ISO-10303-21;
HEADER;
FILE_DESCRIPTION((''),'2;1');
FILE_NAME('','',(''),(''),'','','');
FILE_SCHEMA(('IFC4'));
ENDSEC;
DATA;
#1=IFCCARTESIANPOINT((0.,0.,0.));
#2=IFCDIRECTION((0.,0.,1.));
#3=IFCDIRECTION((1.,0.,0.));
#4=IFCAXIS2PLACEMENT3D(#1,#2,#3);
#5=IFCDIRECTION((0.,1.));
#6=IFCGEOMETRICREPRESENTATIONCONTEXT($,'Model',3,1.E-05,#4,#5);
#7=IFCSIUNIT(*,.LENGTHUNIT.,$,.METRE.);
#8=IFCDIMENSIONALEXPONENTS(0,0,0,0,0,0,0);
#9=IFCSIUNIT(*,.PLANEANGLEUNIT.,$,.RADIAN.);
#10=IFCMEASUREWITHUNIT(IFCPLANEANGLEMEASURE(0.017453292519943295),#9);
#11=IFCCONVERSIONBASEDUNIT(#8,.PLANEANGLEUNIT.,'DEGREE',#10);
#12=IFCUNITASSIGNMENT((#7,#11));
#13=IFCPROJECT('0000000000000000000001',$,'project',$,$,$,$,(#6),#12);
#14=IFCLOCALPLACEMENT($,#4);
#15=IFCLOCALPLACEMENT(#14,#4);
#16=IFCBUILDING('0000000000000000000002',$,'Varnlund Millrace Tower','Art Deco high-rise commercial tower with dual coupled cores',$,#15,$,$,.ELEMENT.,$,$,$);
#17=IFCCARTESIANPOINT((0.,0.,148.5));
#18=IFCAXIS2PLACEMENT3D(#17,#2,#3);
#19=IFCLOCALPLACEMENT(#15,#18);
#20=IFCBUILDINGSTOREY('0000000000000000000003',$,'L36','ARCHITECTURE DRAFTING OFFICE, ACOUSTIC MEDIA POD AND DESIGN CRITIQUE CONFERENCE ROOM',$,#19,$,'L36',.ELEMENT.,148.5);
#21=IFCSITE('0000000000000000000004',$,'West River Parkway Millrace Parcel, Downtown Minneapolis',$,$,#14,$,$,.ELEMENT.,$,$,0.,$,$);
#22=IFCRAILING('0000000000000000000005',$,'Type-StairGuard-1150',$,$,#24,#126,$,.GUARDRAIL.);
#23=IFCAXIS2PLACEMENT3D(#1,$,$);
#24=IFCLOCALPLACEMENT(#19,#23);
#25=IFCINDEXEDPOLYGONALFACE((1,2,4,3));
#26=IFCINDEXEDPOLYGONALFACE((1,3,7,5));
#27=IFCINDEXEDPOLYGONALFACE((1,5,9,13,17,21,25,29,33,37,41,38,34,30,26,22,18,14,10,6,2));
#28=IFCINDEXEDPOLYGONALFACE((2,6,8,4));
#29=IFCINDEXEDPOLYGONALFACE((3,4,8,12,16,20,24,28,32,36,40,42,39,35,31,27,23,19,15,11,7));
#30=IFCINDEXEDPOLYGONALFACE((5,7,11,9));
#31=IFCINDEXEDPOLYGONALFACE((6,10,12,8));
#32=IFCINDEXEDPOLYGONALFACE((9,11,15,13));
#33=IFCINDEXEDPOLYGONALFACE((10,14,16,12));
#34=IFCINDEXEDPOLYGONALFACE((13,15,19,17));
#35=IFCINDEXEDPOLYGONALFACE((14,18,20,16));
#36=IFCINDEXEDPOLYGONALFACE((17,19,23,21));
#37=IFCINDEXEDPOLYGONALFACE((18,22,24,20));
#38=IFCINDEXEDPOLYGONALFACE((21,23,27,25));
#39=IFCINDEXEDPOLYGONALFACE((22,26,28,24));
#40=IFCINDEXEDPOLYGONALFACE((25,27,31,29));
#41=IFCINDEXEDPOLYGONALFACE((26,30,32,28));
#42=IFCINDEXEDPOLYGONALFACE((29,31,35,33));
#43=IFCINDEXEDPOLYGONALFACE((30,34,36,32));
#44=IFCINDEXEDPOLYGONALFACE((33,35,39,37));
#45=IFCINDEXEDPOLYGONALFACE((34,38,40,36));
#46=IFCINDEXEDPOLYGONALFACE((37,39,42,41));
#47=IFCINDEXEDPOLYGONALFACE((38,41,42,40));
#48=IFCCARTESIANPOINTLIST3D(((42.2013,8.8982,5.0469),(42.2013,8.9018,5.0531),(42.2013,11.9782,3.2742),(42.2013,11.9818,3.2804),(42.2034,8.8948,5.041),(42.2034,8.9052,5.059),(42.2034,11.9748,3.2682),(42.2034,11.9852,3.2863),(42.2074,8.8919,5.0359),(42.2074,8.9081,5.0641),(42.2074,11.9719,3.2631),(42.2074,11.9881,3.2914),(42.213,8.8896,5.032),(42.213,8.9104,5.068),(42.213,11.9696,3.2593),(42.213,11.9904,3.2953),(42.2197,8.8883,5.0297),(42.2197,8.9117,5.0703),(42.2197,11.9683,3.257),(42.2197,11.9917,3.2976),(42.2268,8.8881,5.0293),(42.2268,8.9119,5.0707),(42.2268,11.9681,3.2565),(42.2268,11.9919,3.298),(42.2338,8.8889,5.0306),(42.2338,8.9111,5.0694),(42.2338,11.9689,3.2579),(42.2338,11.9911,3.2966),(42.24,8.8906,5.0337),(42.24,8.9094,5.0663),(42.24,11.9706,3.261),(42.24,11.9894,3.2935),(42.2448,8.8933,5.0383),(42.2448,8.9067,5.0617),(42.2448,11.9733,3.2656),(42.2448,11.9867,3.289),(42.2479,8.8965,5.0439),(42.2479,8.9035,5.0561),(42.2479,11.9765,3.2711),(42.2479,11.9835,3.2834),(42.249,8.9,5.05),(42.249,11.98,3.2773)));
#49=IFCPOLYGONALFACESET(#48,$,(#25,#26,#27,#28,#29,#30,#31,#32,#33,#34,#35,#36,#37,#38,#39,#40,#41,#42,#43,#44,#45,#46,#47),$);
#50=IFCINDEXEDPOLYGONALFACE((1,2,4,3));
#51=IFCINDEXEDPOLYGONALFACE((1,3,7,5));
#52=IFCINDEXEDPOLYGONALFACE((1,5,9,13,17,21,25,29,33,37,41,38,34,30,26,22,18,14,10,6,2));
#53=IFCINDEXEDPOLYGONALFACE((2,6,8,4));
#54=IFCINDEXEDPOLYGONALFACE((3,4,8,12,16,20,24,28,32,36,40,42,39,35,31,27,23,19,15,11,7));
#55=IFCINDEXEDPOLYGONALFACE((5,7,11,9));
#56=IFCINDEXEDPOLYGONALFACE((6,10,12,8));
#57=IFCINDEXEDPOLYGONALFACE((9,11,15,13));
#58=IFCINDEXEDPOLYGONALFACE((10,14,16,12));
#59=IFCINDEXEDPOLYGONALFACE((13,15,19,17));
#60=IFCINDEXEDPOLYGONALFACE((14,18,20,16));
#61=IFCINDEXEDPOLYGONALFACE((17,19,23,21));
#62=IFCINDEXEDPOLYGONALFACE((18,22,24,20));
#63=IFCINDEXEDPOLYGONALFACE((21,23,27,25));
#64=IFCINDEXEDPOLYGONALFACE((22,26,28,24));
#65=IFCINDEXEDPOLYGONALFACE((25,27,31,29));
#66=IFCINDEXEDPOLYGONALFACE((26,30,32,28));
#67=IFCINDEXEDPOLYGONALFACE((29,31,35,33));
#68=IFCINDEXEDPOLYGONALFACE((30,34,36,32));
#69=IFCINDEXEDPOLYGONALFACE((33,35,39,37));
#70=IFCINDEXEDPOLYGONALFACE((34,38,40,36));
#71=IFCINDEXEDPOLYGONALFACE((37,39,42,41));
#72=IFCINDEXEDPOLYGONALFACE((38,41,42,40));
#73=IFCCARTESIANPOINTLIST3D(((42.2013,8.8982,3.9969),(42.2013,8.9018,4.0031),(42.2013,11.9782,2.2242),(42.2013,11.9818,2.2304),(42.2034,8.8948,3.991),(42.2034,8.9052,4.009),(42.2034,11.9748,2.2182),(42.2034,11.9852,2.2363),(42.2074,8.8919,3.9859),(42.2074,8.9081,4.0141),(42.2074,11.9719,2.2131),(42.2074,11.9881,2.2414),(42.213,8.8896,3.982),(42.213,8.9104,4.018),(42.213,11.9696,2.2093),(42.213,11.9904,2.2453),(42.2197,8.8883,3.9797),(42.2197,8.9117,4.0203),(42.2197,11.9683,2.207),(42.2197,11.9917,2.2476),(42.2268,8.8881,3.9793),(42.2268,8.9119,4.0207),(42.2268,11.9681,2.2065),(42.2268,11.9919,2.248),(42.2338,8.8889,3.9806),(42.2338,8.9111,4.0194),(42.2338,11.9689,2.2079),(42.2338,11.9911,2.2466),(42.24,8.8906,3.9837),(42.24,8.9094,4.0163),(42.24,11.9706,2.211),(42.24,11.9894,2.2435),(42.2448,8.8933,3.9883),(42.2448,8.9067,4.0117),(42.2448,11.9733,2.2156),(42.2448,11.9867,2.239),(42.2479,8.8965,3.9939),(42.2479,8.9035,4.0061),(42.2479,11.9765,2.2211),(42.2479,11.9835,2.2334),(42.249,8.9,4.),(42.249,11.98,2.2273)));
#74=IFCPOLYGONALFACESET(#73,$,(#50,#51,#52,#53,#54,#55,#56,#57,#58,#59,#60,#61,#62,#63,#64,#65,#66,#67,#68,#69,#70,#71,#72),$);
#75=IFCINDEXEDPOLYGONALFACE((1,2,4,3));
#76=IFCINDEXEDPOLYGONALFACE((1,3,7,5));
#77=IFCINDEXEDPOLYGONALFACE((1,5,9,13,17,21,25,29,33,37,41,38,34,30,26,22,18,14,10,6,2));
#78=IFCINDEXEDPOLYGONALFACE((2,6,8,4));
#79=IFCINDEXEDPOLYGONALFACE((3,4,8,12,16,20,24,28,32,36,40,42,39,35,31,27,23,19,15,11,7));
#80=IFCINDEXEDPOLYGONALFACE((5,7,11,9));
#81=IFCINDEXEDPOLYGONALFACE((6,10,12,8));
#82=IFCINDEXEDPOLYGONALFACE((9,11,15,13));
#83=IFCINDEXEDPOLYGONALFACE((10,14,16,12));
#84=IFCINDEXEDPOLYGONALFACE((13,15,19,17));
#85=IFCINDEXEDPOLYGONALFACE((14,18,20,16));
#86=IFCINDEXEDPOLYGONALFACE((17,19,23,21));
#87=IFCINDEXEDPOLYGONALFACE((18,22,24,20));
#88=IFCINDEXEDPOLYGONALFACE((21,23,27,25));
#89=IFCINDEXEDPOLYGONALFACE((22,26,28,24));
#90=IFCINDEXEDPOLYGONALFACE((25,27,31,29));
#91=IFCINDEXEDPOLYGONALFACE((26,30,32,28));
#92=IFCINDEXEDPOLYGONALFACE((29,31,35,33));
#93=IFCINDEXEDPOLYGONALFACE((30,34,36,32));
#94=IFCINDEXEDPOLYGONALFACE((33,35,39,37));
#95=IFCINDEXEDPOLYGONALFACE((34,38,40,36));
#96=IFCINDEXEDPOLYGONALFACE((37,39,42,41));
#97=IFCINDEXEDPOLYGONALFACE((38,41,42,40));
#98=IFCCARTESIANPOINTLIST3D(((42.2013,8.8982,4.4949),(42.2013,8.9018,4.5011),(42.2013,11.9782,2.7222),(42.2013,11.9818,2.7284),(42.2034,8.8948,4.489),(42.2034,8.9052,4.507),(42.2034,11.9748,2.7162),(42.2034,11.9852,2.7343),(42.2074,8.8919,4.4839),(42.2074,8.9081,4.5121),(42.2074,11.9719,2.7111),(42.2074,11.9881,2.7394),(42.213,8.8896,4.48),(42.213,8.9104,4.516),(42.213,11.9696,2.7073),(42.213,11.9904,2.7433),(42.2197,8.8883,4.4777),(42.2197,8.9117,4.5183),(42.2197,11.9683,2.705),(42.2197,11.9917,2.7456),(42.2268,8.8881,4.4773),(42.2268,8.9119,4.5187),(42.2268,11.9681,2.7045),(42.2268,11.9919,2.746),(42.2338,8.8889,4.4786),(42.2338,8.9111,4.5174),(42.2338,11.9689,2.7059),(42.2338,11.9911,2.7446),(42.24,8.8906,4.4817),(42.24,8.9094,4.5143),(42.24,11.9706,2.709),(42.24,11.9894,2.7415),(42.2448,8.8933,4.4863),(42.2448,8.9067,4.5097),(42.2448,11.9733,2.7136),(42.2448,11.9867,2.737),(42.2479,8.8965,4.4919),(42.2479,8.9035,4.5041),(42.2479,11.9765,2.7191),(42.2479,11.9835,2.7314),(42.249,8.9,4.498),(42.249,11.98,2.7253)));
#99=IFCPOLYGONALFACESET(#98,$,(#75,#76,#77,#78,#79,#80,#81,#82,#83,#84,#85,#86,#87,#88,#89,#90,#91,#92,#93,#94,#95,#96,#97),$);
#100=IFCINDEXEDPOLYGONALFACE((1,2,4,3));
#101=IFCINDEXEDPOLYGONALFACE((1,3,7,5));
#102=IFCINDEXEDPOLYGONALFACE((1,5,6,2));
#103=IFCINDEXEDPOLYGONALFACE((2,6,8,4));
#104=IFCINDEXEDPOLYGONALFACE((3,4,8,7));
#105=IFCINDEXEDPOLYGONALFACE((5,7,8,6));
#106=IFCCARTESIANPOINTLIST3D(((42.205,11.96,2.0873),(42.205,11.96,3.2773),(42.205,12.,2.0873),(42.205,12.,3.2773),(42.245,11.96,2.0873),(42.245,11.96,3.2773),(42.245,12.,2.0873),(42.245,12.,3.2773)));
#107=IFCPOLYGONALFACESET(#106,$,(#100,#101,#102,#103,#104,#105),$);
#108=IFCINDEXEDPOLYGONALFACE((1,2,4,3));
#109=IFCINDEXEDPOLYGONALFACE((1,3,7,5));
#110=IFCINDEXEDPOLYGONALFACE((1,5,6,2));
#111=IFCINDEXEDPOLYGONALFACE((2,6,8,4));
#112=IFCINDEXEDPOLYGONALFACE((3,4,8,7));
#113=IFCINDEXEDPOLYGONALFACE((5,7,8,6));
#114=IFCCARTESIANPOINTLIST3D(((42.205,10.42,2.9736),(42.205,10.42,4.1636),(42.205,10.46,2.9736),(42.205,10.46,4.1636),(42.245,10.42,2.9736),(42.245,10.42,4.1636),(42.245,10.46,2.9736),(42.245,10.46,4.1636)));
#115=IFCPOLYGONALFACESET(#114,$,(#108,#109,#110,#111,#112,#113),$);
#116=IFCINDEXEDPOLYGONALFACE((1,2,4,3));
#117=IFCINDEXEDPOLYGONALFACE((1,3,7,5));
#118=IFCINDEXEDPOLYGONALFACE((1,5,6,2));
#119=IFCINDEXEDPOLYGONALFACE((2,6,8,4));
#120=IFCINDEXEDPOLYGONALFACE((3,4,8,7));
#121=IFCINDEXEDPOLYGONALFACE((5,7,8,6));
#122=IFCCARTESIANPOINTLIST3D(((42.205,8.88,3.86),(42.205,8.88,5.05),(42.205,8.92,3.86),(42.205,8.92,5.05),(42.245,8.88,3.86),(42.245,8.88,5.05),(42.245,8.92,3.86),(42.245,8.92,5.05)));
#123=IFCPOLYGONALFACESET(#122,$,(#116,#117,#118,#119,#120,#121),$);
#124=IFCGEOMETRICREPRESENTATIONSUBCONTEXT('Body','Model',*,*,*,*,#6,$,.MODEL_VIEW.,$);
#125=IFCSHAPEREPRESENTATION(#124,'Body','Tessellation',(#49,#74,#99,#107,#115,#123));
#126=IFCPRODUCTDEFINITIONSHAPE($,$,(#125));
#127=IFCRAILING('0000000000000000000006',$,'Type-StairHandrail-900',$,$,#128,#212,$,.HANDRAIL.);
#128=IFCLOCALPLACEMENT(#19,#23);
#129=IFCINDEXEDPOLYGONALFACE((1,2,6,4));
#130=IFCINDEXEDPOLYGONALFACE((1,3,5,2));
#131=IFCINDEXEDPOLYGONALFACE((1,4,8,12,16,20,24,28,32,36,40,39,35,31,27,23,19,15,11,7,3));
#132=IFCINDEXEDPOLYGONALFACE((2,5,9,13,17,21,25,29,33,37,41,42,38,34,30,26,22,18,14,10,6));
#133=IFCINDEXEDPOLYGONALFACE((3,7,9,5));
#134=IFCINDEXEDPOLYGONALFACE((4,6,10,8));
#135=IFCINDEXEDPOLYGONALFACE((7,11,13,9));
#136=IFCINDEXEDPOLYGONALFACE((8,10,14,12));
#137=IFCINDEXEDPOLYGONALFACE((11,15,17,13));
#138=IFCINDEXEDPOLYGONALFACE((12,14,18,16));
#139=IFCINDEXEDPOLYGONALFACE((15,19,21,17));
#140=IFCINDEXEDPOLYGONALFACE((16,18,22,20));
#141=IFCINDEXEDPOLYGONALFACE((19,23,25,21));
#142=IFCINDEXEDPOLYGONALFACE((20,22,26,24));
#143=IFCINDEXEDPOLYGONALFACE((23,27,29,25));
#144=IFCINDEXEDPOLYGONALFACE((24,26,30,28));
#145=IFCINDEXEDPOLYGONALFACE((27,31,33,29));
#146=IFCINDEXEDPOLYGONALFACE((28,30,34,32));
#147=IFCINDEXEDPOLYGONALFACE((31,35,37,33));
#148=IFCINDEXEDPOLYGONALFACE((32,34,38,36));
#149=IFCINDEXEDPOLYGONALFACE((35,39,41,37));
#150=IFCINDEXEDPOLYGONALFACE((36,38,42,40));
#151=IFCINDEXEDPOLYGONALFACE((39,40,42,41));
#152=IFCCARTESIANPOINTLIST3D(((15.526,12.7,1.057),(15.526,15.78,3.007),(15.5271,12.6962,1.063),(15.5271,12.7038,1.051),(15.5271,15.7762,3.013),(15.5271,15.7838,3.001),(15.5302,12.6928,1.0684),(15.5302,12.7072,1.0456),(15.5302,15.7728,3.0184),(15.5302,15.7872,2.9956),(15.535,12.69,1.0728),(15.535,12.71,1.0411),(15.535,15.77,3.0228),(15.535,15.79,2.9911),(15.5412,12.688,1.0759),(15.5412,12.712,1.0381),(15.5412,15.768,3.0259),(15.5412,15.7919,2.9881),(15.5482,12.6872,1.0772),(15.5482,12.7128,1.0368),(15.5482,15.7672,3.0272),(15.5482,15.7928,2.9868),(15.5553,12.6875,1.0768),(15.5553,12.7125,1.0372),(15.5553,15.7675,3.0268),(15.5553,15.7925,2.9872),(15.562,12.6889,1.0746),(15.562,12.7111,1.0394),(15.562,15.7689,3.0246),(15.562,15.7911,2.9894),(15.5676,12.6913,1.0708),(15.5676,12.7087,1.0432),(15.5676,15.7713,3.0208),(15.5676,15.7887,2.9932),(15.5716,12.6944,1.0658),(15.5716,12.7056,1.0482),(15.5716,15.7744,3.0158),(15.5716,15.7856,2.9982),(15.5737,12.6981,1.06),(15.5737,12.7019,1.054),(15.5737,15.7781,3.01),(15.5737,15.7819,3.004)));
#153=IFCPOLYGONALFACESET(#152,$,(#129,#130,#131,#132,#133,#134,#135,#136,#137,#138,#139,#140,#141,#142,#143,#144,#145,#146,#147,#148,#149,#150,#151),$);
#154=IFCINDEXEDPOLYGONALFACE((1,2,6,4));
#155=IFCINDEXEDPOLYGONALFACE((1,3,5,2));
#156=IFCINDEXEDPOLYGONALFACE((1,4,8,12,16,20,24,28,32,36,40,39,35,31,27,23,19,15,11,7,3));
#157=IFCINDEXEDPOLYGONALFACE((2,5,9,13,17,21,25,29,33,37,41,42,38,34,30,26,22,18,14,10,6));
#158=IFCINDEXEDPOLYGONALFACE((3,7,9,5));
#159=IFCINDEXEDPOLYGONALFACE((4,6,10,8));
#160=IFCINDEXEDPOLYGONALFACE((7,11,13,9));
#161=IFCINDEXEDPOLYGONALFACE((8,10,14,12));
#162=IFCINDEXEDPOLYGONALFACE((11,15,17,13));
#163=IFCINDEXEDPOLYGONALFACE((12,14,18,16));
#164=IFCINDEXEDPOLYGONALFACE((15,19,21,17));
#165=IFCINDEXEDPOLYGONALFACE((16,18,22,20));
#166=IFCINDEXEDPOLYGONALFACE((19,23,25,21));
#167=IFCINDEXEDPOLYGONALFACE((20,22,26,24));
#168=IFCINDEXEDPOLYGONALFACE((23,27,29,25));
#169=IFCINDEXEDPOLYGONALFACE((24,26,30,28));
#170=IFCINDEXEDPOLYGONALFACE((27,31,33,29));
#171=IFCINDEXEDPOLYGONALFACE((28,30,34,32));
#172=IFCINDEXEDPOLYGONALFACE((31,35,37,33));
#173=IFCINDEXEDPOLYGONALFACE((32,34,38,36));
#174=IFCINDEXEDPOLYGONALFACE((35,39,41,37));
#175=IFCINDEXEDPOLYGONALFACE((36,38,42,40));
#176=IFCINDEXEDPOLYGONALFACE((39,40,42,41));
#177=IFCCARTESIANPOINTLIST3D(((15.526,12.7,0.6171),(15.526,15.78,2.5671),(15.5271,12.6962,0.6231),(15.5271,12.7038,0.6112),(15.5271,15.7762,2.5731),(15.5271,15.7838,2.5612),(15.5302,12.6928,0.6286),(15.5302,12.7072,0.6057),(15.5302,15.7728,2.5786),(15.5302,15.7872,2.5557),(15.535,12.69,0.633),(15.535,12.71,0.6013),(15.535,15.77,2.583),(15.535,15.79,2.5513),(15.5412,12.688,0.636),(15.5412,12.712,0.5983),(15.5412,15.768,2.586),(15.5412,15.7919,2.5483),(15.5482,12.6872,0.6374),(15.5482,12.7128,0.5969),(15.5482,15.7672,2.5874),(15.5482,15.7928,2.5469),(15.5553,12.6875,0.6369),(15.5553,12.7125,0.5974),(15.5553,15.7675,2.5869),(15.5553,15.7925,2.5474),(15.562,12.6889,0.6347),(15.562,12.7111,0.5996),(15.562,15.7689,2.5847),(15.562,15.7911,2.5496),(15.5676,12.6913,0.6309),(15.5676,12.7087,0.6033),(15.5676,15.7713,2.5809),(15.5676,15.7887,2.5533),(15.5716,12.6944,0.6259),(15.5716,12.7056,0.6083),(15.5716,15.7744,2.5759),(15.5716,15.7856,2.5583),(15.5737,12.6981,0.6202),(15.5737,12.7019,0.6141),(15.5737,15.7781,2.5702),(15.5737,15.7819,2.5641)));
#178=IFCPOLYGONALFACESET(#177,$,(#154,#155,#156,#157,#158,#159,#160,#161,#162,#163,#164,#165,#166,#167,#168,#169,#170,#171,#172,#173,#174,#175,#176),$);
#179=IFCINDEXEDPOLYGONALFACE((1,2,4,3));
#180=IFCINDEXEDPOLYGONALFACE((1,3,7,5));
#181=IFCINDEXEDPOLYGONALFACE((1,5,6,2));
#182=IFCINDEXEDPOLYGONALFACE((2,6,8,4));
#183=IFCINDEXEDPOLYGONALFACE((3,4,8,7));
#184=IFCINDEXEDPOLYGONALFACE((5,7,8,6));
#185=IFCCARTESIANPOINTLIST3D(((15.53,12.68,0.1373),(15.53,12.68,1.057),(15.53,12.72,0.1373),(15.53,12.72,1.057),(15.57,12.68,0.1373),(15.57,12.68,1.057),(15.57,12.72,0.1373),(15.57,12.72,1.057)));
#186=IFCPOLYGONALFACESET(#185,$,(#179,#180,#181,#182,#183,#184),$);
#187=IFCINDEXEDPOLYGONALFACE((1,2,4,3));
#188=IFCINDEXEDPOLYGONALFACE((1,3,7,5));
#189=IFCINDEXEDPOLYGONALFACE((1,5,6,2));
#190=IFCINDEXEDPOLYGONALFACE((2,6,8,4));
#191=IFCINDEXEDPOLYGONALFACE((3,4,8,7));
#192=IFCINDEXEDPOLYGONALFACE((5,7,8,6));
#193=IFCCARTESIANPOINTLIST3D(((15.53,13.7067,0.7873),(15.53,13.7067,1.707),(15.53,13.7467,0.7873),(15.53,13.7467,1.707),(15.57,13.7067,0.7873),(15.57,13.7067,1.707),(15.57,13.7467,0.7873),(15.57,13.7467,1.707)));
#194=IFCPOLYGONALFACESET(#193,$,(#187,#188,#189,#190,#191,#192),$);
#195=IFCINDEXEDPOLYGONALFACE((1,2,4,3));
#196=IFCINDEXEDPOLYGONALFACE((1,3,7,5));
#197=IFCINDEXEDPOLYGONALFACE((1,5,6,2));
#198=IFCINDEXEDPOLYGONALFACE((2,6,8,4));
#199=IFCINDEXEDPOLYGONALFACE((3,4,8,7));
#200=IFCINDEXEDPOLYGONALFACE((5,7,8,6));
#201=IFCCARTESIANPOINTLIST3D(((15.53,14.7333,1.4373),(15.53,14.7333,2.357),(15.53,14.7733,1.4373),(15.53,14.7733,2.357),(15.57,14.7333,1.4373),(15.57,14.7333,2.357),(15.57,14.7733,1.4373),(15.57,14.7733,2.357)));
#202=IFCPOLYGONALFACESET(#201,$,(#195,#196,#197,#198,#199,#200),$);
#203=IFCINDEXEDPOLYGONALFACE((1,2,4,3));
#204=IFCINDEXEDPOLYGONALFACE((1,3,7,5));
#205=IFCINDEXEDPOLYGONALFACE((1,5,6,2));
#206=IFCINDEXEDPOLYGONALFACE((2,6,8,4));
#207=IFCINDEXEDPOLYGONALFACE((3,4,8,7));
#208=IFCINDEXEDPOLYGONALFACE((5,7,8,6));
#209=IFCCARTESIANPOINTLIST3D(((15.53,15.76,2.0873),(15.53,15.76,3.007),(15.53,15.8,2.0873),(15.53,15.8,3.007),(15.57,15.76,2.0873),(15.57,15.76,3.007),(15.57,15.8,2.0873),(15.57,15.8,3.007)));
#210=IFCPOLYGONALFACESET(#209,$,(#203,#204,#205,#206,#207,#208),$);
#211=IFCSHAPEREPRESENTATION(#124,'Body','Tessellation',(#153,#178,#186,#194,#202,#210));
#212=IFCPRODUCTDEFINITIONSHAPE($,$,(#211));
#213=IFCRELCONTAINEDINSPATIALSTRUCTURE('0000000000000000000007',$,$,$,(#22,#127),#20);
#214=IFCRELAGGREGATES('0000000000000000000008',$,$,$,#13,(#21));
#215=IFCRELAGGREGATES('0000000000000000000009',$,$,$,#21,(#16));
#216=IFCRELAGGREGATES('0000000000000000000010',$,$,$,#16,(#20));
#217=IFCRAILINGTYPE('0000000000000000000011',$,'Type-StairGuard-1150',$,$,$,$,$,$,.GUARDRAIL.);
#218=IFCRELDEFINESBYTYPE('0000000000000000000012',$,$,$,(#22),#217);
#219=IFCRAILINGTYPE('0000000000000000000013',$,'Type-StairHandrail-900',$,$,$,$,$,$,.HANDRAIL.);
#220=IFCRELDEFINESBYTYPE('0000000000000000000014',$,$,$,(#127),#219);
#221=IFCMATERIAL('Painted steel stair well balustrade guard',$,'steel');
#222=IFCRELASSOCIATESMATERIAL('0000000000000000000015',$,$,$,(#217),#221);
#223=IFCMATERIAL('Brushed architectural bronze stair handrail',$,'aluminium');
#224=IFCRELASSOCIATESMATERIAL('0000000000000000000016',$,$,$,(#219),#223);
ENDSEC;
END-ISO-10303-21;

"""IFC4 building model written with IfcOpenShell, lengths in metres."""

from ifc_helpers import new_model, entity, si_unit, converted_unit, direction, frame, origin_with_axes, origin_2d_with_axis, place, context, subcontext, project, spatial, rectangle, circle, extrude, material, type_object, element, save


model = new_model("IFC4")

# Units and contexts
model_context = context("Model", 3, precision=1e-05, world=origin_with_axes(), true_north=direction((0.0, 1.0)))
body_context = subcontext(model_context, "Body", "Model", "MODEL_VIEW")
ifc_project = project(units=[si_unit("LENGTHUNIT", "METRE"), converted_unit("PLANEANGLEUNIT", "DEGREE", entity("IfcPlaneAngleMeasure", 0.017453292519943295), si_unit("PLANEANGLEUNIT", "RADIAN"), dimensions=[0, 0, 0, 0, 0, 0, 0])], contexts=[model_context])

# Site, building, storey
site_placement = place(None, origin_with_axes())
site = spatial("IfcSite", under=ifc_project, at=site_placement, Name="West River Parkway Millrace Parcel, Downtown Minneapolis", CompositionType="ELEMENT", RefElevation=0.0)
building_placement = place(site_placement, origin_with_axes())
building = spatial("IfcBuilding", under=site, at=building_placement, Name="Varnlund Millrace Tower", Description="Art Deco high-rise commercial tower with dual coupled cores", CompositionType="ELEMENT")
storey_placement = place(building_placement, frame((0.0, 0.0, 148.5), z_axis=(0.0, 0.0, 1.0), x_axis=(1.0, 0.0, 0.0)))
storey = spatial("IfcBuildingStorey", under=building, at=storey_placement, Name="L36", Description="ARCHITECTURE DRAFTING OFFICE, ACOUSTIC MEDIA POD AND DESIGN CRITIQUE CONFERENCE ROOM", LongName="L36", CompositionType="ELEMENT", Elevation=148.5)

# Railings
ifc_material_1 = material(Name="Painted steel stair well balustrade guard", Category="steel")
railing_type_1 = type_object("IfcRailingType", Name="Type-StairGuard-1150", PredefinedType="GUARDRAIL", material=ifc_material_1)
railing_1_placement = place(storey_placement, frame((0.0, 0.0, -148.5), z_axis=(0.0, 0.0, 1.0), x_axis=(1.0, 0.0, 0.0)))
element("IfcRailing", 1, at=railing_1_placement, inside=storey, type_object=railing_type_1, Name="Type-StairGuard-1150", PredefinedType="GUARDRAIL", context=body_context, shape_type="SweptSolid", body=[
    extrude(circle(Radius=0.024, at=origin_2d_with_axis()), frame((42.225, 11.98, 151.7773), z_axis=(0.0, -0.866696, 0.498836), x_axis=(1.0, 0.0, 0.0)), (0.0, 0.0, 1.0), 3.5537),
    extrude(circle(Radius=0.024, at=origin_2d_with_axis()), frame((42.225, 11.98, 150.7273), z_axis=(0.0, -0.866696, 0.498836), x_axis=(1.0, 0.0, 0.0)), (0.0, 0.0, 1.0), 3.5537),
    extrude(circle(Radius=0.024, at=origin_2d_with_axis()), frame((42.225, 11.98, 151.2253), z_axis=(0.0, -0.866696, 0.498836), x_axis=(1.0, 0.0, 0.0)), (0.0, 0.0, 1.0), 3.5537),
    extrude(rectangle(XDim=0.04, YDim=0.04, at=origin_2d_with_axis()), frame((42.225, 11.98, 150.5873), z_axis=(0.0, 0.0, 1.0), x_axis=(1.0, 0.0, 0.0)), (0.0, 0.0, 1.0), 1.19),
    extrude(rectangle(XDim=0.04, YDim=0.04, at=origin_2d_with_axis()), frame((42.225, 10.44, 151.4736), z_axis=(0.0, 0.0, 1.0), x_axis=(1.0, 0.0, 0.0)), (0.0, 0.0, 1.0), 1.19),
    extrude(rectangle(XDim=0.04, YDim=0.04, at=origin_2d_with_axis()), frame((42.225, 8.9, 152.36), z_axis=(0.0, 0.0, 1.0), x_axis=(1.0, 0.0, 0.0)), (0.0, 0.0, 1.0), 1.19),
])
ifc_material_2 = material(Name="Brushed architectural bronze stair handrail", Category="aluminium")
railing_type_2 = type_object("IfcRailingType", Name="Type-StairHandrail-900", PredefinedType="HANDRAIL", material=ifc_material_2)
railing_2_placement = place(storey_placement, frame((0.0, 0.0, -148.5), z_axis=(0.0, 0.0, 1.0), x_axis=(1.0, 0.0, 0.0)))
element("IfcRailing", 2, at=railing_2_placement, inside=storey, type_object=railing_type_2, Name="Type-StairHandrail-900", PredefinedType="HANDRAIL", context=body_context, shape_type="SweptSolid", body=[
    extrude(circle(Radius=0.024, at=origin_2d_with_axis()), frame((15.55, 12.7, 149.557), z_axis=(0.0, 0.844902, 0.534922), x_axis=(-1.0, 0.0, 0.0)), (0.0, 0.0, 1.0), 3.6454),
    extrude(circle(Radius=0.024, at=origin_2d_with_axis()), frame((15.55, 12.7, 149.1171), z_axis=(0.0, 0.844902, 0.534922), x_axis=(-1.0, 0.0, 0.0)), (0.0, 0.0, 1.0), 3.6454),
    extrude(rectangle(XDim=0.04, YDim=0.04, at=origin_2d_with_axis()), frame((15.55, 12.7, 148.6373), z_axis=(0.0, 0.0, 1.0), x_axis=(1.0, 0.0, 0.0)), (0.0, 0.0, 1.0), 0.9197),
    extrude(rectangle(XDim=0.04, YDim=0.04, at=origin_2d_with_axis()), frame((15.55, 13.7267, 149.2873), z_axis=(0.0, 0.0, 1.0), x_axis=(1.0, 0.0, 0.0)), (0.0, 0.0, 1.0), 0.9197),
    extrude(rectangle(XDim=0.04, YDim=0.04, at=origin_2d_with_axis()), frame((15.55, 14.7533, 149.9373), z_axis=(0.0, 0.0, 1.0), x_axis=(1.0, 0.0, 0.0)), (0.0, 0.0, 1.0), 0.9197),
    extrude(rectangle(XDim=0.04, YDim=0.04, at=origin_2d_with_axis()), frame((15.55, 15.78, 150.5873), z_axis=(0.0, 0.0, 1.0), x_axis=(1.0, 0.0, 0.0)), (0.0, 0.0, 1.0), 0.9197),
])

save(model, "model.ifc")
